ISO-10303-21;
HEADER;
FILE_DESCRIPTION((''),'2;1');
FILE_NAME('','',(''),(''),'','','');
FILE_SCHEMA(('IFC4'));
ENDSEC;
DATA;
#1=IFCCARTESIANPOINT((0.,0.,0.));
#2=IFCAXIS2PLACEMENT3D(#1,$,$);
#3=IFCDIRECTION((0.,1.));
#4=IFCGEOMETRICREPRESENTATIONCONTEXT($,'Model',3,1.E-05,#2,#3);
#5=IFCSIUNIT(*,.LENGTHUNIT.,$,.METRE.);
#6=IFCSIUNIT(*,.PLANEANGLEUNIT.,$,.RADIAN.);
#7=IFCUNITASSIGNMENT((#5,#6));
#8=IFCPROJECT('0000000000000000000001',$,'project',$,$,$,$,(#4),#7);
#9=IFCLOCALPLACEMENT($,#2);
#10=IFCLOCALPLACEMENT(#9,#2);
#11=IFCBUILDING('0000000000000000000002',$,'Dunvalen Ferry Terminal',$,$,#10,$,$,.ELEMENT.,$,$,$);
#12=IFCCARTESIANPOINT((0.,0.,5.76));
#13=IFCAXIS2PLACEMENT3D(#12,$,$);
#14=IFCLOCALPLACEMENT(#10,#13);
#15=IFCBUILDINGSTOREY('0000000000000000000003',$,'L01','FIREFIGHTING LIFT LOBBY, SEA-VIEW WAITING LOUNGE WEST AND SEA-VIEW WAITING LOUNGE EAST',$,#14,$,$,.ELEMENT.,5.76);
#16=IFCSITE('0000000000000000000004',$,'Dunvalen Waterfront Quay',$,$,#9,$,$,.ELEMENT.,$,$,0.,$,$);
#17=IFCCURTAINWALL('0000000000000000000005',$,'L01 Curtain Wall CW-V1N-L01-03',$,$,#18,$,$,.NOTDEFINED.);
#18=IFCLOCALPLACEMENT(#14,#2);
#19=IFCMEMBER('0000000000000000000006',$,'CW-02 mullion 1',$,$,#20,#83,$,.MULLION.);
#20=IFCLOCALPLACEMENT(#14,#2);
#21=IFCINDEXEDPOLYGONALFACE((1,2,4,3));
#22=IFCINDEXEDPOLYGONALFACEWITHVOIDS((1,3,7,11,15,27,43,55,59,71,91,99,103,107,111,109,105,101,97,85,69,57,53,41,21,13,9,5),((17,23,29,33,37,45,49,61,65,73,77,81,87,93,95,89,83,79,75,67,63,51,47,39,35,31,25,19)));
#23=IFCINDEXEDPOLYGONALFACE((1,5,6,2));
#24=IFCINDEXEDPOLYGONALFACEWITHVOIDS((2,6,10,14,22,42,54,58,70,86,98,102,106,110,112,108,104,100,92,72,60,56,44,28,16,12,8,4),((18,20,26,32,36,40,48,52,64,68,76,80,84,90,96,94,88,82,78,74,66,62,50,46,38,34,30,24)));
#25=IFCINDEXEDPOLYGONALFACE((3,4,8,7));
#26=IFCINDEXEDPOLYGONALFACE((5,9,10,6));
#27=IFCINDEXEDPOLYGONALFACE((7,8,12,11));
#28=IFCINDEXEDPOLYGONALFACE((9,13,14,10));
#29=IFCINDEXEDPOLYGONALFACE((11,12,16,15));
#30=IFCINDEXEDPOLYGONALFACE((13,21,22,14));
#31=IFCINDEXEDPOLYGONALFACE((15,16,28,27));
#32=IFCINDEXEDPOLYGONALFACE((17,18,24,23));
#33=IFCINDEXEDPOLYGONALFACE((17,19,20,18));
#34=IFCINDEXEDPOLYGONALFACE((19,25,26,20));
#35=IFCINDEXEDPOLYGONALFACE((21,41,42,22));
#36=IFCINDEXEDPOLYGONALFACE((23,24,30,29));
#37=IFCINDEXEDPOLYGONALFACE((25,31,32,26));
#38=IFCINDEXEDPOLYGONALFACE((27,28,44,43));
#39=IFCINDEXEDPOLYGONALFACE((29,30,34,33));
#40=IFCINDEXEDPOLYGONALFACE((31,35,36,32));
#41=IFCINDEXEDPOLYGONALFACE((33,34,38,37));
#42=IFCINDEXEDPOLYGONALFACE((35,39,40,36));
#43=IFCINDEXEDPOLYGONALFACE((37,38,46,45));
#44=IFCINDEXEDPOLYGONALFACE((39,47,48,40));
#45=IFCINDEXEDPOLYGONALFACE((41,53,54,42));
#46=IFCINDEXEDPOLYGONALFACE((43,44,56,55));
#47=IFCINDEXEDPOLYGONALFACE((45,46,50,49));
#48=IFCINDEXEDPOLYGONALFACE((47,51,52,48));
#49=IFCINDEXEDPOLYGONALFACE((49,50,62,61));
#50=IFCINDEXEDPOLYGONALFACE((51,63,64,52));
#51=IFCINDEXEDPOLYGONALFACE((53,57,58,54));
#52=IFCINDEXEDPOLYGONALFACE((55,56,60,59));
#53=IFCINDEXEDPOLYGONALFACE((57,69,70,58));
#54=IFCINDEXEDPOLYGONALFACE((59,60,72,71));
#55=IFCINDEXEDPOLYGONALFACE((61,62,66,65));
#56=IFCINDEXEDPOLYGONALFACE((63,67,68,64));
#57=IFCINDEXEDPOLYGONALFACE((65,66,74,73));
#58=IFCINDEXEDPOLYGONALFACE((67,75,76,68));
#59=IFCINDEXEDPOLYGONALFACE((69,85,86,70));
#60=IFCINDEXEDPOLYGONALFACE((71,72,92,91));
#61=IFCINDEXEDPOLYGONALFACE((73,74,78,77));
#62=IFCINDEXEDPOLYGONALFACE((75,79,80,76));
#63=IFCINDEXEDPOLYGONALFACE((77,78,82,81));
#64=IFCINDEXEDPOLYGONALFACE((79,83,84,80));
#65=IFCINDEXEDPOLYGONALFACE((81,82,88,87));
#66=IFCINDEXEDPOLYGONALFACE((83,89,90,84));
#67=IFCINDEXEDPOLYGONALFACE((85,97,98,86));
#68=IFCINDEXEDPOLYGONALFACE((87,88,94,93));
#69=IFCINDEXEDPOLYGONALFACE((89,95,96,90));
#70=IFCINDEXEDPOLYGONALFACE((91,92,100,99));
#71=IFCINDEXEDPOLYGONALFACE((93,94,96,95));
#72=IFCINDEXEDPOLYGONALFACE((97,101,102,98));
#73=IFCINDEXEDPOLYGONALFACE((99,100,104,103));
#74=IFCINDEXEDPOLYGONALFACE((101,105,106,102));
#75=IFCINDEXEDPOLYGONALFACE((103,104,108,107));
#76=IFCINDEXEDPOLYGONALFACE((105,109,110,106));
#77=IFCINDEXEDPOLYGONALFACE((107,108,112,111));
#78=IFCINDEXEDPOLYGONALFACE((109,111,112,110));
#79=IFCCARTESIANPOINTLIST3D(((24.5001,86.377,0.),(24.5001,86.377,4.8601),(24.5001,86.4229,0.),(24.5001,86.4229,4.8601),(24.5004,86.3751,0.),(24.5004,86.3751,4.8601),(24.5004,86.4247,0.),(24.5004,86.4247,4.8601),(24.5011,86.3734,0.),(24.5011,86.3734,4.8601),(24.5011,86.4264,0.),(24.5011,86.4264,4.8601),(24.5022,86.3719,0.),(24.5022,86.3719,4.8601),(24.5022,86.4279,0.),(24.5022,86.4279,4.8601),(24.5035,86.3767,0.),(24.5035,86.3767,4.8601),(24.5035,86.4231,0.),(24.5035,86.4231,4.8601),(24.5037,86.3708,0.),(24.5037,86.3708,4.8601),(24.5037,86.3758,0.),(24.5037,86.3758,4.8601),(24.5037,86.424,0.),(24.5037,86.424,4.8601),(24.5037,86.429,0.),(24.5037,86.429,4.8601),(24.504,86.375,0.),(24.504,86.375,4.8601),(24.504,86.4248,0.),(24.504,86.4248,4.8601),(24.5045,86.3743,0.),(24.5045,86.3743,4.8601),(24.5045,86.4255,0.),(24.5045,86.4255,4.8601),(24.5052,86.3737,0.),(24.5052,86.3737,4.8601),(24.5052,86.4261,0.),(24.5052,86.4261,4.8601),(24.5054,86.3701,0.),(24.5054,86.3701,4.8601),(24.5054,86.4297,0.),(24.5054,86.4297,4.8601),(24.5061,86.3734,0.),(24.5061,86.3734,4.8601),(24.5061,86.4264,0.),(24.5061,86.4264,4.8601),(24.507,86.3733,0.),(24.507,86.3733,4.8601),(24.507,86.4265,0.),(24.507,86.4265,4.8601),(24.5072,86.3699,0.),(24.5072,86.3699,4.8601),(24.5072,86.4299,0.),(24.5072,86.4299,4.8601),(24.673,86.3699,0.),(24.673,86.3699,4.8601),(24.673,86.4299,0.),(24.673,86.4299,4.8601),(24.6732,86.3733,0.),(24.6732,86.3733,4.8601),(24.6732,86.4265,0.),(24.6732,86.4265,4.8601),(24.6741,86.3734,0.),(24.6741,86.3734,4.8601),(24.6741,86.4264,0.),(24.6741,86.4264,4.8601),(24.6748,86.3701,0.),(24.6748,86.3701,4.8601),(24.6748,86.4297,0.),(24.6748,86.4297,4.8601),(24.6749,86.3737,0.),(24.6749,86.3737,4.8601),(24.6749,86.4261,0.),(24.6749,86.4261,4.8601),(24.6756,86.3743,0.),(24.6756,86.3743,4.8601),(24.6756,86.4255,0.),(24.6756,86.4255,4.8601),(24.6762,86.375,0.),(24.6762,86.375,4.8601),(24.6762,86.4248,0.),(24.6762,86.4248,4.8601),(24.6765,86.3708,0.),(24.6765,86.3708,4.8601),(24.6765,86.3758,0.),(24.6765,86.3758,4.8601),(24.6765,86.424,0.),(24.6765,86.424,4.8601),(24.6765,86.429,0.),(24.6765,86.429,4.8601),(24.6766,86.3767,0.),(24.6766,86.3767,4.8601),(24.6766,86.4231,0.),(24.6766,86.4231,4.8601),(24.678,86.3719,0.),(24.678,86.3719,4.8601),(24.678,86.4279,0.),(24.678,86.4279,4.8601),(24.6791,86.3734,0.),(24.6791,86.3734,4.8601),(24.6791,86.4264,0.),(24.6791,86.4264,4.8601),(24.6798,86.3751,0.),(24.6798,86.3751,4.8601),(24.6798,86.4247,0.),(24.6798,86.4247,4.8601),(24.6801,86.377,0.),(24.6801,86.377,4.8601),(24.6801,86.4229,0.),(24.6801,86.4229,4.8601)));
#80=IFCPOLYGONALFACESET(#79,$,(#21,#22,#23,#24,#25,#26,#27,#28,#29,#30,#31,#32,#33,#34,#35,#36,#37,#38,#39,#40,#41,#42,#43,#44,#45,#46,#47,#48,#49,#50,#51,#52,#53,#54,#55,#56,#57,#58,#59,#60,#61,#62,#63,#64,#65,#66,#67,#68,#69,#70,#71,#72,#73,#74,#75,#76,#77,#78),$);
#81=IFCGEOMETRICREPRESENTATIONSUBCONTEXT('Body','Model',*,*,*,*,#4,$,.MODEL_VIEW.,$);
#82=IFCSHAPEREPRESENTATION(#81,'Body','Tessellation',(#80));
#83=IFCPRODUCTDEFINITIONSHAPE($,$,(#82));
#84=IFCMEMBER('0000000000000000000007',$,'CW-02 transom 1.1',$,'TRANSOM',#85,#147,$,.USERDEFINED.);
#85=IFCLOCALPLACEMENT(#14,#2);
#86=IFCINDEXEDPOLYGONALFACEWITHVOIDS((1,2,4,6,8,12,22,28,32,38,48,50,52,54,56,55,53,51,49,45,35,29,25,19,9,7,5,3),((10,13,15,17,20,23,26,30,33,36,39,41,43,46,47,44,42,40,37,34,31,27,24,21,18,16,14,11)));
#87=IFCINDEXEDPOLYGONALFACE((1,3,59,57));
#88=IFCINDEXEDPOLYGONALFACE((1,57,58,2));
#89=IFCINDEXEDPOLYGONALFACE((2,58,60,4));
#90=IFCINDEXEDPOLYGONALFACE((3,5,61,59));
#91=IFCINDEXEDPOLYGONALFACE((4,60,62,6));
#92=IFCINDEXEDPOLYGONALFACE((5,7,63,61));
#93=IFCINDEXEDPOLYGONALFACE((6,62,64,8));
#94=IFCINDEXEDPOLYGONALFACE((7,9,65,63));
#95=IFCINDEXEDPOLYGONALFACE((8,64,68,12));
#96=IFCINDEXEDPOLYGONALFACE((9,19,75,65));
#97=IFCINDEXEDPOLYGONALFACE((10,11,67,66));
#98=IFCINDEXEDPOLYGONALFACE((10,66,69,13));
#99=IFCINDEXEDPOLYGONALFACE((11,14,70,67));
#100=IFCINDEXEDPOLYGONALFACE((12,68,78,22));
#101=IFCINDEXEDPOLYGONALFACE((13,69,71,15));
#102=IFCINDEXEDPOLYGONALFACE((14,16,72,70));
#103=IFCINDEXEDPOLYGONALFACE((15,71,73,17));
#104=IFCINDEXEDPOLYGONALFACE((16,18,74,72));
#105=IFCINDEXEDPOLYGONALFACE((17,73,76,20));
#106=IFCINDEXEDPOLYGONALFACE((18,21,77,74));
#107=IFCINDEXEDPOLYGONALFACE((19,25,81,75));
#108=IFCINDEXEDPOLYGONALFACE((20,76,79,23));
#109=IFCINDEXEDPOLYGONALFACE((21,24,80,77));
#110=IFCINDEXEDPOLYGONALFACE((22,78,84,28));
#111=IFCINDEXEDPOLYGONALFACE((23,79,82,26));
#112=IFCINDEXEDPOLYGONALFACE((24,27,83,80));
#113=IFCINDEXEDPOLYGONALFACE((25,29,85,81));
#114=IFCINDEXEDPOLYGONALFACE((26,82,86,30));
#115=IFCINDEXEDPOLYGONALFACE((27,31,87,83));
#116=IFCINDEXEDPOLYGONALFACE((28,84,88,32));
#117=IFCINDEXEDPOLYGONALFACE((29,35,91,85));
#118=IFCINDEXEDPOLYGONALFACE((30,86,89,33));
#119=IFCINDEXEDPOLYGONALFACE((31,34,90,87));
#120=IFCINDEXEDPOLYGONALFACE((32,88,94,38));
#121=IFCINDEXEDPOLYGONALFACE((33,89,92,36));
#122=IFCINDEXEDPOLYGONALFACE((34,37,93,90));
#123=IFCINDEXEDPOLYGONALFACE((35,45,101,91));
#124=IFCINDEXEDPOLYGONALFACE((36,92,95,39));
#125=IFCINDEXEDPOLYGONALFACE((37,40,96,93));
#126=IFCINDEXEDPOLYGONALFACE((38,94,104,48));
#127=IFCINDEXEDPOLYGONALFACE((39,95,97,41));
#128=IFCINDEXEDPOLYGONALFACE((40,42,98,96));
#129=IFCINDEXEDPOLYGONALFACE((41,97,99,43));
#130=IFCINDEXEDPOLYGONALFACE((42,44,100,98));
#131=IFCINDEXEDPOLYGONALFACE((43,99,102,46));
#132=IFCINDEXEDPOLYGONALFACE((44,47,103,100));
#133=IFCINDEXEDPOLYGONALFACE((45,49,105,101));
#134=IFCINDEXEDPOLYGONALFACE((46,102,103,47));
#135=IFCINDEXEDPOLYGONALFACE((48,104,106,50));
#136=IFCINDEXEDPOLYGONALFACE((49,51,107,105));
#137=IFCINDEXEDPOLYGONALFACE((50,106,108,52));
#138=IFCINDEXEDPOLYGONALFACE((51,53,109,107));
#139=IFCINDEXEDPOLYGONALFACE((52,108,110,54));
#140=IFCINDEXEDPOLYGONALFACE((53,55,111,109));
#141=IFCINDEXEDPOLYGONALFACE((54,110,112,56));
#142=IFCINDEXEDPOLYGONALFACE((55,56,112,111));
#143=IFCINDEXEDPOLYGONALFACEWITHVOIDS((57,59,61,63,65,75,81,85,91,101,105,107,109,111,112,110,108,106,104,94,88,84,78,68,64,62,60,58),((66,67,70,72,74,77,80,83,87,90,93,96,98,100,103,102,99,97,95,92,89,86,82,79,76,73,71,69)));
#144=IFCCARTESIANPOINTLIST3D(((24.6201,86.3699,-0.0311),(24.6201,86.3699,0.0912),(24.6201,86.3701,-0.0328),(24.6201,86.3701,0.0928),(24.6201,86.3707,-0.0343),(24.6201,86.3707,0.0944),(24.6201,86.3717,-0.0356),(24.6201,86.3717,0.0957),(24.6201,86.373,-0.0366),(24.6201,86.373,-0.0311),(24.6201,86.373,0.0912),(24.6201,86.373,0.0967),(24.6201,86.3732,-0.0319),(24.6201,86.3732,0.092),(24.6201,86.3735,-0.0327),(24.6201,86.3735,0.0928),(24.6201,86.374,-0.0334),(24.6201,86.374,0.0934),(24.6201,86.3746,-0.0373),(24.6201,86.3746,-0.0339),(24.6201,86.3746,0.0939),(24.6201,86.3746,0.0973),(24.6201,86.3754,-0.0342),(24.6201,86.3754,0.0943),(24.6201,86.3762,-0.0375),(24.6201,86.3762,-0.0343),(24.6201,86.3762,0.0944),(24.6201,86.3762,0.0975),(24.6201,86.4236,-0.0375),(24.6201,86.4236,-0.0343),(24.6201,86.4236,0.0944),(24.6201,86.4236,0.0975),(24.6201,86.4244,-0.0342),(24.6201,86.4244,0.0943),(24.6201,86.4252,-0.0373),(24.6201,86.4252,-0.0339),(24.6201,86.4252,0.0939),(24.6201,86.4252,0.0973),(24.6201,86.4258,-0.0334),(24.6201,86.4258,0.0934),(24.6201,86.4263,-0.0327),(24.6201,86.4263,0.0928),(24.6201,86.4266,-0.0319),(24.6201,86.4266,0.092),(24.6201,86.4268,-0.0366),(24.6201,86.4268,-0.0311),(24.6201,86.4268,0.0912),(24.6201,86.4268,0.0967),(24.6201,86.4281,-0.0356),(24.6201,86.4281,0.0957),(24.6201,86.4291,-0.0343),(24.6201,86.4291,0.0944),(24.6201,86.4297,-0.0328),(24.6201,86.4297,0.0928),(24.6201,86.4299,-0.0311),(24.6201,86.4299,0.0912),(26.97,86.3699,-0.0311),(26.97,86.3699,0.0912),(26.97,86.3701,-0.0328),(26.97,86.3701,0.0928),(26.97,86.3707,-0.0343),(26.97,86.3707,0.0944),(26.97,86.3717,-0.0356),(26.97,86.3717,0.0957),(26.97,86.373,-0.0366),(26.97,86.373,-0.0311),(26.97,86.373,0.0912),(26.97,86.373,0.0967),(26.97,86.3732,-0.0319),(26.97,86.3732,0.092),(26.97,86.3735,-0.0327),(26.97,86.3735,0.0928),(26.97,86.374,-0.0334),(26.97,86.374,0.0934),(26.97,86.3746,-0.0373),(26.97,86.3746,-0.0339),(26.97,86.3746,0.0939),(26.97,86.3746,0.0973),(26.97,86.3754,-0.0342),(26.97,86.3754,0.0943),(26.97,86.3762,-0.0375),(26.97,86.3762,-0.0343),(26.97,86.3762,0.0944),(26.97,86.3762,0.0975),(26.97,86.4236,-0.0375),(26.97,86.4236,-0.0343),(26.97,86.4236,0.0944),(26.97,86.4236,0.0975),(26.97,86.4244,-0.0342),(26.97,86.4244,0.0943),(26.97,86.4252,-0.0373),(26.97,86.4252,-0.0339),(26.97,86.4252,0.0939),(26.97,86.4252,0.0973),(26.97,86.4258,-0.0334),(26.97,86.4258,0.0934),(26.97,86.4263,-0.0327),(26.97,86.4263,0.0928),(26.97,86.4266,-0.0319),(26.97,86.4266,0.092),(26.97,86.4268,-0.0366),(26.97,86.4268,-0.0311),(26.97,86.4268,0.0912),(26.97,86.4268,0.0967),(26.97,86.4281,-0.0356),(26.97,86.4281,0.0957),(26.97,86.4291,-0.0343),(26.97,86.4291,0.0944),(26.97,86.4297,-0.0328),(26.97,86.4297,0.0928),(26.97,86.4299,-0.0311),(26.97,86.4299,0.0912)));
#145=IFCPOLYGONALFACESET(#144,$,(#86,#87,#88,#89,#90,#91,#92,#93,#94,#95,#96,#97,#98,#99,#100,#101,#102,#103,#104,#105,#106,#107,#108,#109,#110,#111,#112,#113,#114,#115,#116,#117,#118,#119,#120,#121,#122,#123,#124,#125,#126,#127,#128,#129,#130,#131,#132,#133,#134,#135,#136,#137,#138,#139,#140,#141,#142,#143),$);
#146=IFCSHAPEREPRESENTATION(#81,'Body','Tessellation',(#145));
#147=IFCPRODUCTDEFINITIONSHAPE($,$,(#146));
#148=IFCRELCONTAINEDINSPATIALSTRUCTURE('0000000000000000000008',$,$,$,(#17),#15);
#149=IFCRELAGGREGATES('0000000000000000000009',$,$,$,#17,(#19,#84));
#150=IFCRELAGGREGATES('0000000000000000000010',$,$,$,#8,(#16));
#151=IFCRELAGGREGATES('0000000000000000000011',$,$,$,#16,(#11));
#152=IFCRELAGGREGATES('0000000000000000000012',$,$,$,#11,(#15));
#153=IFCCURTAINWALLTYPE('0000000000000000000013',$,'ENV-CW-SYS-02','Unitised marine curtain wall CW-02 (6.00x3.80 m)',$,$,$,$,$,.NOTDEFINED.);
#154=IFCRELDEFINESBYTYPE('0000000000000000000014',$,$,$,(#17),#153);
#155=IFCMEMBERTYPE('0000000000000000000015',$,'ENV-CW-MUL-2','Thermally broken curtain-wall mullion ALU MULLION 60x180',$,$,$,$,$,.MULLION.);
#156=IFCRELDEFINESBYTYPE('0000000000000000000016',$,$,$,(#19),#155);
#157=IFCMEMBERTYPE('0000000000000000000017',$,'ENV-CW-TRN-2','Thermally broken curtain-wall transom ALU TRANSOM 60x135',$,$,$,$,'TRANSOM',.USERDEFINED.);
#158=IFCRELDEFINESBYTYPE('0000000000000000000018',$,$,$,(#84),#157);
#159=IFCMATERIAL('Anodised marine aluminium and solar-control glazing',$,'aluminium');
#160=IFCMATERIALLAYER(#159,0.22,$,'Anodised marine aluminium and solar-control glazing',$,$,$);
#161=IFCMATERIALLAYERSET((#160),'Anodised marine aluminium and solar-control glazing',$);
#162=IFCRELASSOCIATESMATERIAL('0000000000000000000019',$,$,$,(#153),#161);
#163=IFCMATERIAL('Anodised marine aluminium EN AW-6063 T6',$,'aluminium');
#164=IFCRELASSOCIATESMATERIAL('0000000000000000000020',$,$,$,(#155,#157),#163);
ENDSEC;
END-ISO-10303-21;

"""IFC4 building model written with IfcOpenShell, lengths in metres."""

from ifc_helpers import new_model, si_unit, direction, frame, origin, origin_2d, place, context, subcontext, project, spatial, hollow_rectangle, extrude, material, layer, layer_set, material_profile, profile_set, type_object, element, aggregate, save


model = new_model("IFC4")

# Units and contexts
model_context = context("Model", 3, precision=1e-05, world=origin(), true_north=direction((0.0, 1.0)))
body_context = subcontext(model_context, "Body", "Model", "MODEL_VIEW")
ifc_project = project(units=[si_unit("LENGTHUNIT", "METRE"), si_unit("PLANEANGLEUNIT", "RADIAN")], contexts=[model_context])

# Site, building, storey
site_placement = place(None, origin())
site = spatial("IfcSite", under=ifc_project, at=site_placement, Name="Dunvalen Waterfront Quay", CompositionType="ELEMENT", RefElevation=0.0)
building_placement = place(site_placement, origin())
building = spatial("IfcBuilding", under=site, at=building_placement, Name="Dunvalen Ferry Terminal", CompositionType="ELEMENT")
storey_placement = place(building_placement, frame((0.0, 0.0, 5.76)))
storey = spatial("IfcBuildingStorey", under=building, at=storey_placement, Name="L01", Description="FIREFIGHTING LIFT LOBBY, SEA-VIEW WAITING LOUNGE WEST AND SEA-VIEW WAITING LOUNGE EAST", CompositionType="ELEMENT", Elevation=5.76)

# Curtain wall, members
ifc_material_1 = material(Name="Anodised marine aluminium and solar-control glazing", Category="aluminium")
ifc_layer_1 = layer(ifc_material_1, 0.22, Name="Anodised marine aluminium and solar-control glazing")
ifc_layer_set_1 = layer_set([ifc_layer_1], Name="Anodised marine aluminium and solar-control glazing")
curtain_wall_type = type_object("IfcCurtainWallType", Name="ENV-CW-SYS-02", Description="Unitised marine curtain wall CW-02 (6.00x3.80 m)", PredefinedType="NOTDEFINED", material=ifc_layer_set_1)
curtain_wall_placement = place(storey_placement, origin())
curtain_wall = element("IfcCurtainWall", 1, at=curtain_wall_placement, inside=storey, type_object=curtain_wall_type, Name="L01 Curtain Wall CW-V1N-L01-03", PredefinedType="NOTDEFINED")
ifc_material_2 = material(Name="Anodised marine aluminium EN AW-6063 T6", Category="aluminium")
ifc_material_profile_1 = material_profile(ifc_material_2, hollow_rectangle(XDim=0.0601, YDim=0.1799, WallThickness=0.0034, InnerFilletRadius=0.0034, OuterFilletRadius=0.0071, at=origin_2d()), Name="Anodised marine aluminium EN AW-6063 T6")
ifc_profile_set_1 = profile_set([ifc_material_profile_1], Name="Anodised marine aluminium EN AW-6063 T6")
member_type_1 = type_object("IfcMemberType", Name="ENV-CW-MUL-2", Description="Thermally broken curtain-wall mullion ALU MULLION 60x180", PredefinedType="MULLION", material=ifc_profile_set_1)
member_1_placement = place(storey_placement, frame((24.5901, 86.3999, 0.0), z_axis=(0.0, 0.0, 1.0), x_axis=(0.0, 1.0, 0.0)))
member_1 = element("IfcMember", 2, at=member_1_placement, type_object=member_type_1, Name="CW-02 mullion 1", PredefinedType="MULLION", context=body_context, shape_type="SweptSolid", body=[
    extrude(hollow_rectangle(XDim=0.0601, YDim=0.1799, WallThickness=0.0034, InnerFilletRadius=0.0034, OuterFilletRadius=0.0071, at=origin_2d()), origin(), (0.0, 0.0, 1.0), 4.8601),
])
ifc_material_profile_2 = material_profile(ifc_material_2, hollow_rectangle(XDim=0.0601, YDim=0.135, WallThickness=0.0032, InnerFilletRadius=0.0032, OuterFilletRadius=0.0063, at=origin_2d()), Name="Anodised marine aluminium EN AW-6063 T6")
ifc_profile_set_2 = profile_set([ifc_material_profile_2], Name="Anodised marine aluminium EN AW-6063 T6")
member_type_2 = type_object("IfcMemberType", Name="ENV-CW-TRN-2", Description="Thermally broken curtain-wall transom ALU TRANSOM 60x135", ElementType="TRANSOM", PredefinedType="USERDEFINED", material=ifc_profile_set_2)
member_2_placement = place(storey_placement, frame((24.6201, 86.3999, 0.03), z_axis=(1.0, 0.0, 0.0), x_axis=(0.0, 1.0, 0.0)))
member_2 = element("IfcMember", 3, at=member_2_placement, type_object=member_type_2, Name="CW-02 transom 1.1", ObjectType="TRANSOM", PredefinedType="USERDEFINED", context=body_context, shape_type="SweptSolid", body=[
    extrude(hollow_rectangle(XDim=0.0601, YDim=0.135, WallThickness=0.0032, InnerFilletRadius=0.0032, OuterFilletRadius=0.0063, at=origin_2d()), origin(), (0.0, 0.0, 1.0), 2.3499),
])
aggregate(curtain_wall, [member_1, member_2])

save(model, "model.ifc")
